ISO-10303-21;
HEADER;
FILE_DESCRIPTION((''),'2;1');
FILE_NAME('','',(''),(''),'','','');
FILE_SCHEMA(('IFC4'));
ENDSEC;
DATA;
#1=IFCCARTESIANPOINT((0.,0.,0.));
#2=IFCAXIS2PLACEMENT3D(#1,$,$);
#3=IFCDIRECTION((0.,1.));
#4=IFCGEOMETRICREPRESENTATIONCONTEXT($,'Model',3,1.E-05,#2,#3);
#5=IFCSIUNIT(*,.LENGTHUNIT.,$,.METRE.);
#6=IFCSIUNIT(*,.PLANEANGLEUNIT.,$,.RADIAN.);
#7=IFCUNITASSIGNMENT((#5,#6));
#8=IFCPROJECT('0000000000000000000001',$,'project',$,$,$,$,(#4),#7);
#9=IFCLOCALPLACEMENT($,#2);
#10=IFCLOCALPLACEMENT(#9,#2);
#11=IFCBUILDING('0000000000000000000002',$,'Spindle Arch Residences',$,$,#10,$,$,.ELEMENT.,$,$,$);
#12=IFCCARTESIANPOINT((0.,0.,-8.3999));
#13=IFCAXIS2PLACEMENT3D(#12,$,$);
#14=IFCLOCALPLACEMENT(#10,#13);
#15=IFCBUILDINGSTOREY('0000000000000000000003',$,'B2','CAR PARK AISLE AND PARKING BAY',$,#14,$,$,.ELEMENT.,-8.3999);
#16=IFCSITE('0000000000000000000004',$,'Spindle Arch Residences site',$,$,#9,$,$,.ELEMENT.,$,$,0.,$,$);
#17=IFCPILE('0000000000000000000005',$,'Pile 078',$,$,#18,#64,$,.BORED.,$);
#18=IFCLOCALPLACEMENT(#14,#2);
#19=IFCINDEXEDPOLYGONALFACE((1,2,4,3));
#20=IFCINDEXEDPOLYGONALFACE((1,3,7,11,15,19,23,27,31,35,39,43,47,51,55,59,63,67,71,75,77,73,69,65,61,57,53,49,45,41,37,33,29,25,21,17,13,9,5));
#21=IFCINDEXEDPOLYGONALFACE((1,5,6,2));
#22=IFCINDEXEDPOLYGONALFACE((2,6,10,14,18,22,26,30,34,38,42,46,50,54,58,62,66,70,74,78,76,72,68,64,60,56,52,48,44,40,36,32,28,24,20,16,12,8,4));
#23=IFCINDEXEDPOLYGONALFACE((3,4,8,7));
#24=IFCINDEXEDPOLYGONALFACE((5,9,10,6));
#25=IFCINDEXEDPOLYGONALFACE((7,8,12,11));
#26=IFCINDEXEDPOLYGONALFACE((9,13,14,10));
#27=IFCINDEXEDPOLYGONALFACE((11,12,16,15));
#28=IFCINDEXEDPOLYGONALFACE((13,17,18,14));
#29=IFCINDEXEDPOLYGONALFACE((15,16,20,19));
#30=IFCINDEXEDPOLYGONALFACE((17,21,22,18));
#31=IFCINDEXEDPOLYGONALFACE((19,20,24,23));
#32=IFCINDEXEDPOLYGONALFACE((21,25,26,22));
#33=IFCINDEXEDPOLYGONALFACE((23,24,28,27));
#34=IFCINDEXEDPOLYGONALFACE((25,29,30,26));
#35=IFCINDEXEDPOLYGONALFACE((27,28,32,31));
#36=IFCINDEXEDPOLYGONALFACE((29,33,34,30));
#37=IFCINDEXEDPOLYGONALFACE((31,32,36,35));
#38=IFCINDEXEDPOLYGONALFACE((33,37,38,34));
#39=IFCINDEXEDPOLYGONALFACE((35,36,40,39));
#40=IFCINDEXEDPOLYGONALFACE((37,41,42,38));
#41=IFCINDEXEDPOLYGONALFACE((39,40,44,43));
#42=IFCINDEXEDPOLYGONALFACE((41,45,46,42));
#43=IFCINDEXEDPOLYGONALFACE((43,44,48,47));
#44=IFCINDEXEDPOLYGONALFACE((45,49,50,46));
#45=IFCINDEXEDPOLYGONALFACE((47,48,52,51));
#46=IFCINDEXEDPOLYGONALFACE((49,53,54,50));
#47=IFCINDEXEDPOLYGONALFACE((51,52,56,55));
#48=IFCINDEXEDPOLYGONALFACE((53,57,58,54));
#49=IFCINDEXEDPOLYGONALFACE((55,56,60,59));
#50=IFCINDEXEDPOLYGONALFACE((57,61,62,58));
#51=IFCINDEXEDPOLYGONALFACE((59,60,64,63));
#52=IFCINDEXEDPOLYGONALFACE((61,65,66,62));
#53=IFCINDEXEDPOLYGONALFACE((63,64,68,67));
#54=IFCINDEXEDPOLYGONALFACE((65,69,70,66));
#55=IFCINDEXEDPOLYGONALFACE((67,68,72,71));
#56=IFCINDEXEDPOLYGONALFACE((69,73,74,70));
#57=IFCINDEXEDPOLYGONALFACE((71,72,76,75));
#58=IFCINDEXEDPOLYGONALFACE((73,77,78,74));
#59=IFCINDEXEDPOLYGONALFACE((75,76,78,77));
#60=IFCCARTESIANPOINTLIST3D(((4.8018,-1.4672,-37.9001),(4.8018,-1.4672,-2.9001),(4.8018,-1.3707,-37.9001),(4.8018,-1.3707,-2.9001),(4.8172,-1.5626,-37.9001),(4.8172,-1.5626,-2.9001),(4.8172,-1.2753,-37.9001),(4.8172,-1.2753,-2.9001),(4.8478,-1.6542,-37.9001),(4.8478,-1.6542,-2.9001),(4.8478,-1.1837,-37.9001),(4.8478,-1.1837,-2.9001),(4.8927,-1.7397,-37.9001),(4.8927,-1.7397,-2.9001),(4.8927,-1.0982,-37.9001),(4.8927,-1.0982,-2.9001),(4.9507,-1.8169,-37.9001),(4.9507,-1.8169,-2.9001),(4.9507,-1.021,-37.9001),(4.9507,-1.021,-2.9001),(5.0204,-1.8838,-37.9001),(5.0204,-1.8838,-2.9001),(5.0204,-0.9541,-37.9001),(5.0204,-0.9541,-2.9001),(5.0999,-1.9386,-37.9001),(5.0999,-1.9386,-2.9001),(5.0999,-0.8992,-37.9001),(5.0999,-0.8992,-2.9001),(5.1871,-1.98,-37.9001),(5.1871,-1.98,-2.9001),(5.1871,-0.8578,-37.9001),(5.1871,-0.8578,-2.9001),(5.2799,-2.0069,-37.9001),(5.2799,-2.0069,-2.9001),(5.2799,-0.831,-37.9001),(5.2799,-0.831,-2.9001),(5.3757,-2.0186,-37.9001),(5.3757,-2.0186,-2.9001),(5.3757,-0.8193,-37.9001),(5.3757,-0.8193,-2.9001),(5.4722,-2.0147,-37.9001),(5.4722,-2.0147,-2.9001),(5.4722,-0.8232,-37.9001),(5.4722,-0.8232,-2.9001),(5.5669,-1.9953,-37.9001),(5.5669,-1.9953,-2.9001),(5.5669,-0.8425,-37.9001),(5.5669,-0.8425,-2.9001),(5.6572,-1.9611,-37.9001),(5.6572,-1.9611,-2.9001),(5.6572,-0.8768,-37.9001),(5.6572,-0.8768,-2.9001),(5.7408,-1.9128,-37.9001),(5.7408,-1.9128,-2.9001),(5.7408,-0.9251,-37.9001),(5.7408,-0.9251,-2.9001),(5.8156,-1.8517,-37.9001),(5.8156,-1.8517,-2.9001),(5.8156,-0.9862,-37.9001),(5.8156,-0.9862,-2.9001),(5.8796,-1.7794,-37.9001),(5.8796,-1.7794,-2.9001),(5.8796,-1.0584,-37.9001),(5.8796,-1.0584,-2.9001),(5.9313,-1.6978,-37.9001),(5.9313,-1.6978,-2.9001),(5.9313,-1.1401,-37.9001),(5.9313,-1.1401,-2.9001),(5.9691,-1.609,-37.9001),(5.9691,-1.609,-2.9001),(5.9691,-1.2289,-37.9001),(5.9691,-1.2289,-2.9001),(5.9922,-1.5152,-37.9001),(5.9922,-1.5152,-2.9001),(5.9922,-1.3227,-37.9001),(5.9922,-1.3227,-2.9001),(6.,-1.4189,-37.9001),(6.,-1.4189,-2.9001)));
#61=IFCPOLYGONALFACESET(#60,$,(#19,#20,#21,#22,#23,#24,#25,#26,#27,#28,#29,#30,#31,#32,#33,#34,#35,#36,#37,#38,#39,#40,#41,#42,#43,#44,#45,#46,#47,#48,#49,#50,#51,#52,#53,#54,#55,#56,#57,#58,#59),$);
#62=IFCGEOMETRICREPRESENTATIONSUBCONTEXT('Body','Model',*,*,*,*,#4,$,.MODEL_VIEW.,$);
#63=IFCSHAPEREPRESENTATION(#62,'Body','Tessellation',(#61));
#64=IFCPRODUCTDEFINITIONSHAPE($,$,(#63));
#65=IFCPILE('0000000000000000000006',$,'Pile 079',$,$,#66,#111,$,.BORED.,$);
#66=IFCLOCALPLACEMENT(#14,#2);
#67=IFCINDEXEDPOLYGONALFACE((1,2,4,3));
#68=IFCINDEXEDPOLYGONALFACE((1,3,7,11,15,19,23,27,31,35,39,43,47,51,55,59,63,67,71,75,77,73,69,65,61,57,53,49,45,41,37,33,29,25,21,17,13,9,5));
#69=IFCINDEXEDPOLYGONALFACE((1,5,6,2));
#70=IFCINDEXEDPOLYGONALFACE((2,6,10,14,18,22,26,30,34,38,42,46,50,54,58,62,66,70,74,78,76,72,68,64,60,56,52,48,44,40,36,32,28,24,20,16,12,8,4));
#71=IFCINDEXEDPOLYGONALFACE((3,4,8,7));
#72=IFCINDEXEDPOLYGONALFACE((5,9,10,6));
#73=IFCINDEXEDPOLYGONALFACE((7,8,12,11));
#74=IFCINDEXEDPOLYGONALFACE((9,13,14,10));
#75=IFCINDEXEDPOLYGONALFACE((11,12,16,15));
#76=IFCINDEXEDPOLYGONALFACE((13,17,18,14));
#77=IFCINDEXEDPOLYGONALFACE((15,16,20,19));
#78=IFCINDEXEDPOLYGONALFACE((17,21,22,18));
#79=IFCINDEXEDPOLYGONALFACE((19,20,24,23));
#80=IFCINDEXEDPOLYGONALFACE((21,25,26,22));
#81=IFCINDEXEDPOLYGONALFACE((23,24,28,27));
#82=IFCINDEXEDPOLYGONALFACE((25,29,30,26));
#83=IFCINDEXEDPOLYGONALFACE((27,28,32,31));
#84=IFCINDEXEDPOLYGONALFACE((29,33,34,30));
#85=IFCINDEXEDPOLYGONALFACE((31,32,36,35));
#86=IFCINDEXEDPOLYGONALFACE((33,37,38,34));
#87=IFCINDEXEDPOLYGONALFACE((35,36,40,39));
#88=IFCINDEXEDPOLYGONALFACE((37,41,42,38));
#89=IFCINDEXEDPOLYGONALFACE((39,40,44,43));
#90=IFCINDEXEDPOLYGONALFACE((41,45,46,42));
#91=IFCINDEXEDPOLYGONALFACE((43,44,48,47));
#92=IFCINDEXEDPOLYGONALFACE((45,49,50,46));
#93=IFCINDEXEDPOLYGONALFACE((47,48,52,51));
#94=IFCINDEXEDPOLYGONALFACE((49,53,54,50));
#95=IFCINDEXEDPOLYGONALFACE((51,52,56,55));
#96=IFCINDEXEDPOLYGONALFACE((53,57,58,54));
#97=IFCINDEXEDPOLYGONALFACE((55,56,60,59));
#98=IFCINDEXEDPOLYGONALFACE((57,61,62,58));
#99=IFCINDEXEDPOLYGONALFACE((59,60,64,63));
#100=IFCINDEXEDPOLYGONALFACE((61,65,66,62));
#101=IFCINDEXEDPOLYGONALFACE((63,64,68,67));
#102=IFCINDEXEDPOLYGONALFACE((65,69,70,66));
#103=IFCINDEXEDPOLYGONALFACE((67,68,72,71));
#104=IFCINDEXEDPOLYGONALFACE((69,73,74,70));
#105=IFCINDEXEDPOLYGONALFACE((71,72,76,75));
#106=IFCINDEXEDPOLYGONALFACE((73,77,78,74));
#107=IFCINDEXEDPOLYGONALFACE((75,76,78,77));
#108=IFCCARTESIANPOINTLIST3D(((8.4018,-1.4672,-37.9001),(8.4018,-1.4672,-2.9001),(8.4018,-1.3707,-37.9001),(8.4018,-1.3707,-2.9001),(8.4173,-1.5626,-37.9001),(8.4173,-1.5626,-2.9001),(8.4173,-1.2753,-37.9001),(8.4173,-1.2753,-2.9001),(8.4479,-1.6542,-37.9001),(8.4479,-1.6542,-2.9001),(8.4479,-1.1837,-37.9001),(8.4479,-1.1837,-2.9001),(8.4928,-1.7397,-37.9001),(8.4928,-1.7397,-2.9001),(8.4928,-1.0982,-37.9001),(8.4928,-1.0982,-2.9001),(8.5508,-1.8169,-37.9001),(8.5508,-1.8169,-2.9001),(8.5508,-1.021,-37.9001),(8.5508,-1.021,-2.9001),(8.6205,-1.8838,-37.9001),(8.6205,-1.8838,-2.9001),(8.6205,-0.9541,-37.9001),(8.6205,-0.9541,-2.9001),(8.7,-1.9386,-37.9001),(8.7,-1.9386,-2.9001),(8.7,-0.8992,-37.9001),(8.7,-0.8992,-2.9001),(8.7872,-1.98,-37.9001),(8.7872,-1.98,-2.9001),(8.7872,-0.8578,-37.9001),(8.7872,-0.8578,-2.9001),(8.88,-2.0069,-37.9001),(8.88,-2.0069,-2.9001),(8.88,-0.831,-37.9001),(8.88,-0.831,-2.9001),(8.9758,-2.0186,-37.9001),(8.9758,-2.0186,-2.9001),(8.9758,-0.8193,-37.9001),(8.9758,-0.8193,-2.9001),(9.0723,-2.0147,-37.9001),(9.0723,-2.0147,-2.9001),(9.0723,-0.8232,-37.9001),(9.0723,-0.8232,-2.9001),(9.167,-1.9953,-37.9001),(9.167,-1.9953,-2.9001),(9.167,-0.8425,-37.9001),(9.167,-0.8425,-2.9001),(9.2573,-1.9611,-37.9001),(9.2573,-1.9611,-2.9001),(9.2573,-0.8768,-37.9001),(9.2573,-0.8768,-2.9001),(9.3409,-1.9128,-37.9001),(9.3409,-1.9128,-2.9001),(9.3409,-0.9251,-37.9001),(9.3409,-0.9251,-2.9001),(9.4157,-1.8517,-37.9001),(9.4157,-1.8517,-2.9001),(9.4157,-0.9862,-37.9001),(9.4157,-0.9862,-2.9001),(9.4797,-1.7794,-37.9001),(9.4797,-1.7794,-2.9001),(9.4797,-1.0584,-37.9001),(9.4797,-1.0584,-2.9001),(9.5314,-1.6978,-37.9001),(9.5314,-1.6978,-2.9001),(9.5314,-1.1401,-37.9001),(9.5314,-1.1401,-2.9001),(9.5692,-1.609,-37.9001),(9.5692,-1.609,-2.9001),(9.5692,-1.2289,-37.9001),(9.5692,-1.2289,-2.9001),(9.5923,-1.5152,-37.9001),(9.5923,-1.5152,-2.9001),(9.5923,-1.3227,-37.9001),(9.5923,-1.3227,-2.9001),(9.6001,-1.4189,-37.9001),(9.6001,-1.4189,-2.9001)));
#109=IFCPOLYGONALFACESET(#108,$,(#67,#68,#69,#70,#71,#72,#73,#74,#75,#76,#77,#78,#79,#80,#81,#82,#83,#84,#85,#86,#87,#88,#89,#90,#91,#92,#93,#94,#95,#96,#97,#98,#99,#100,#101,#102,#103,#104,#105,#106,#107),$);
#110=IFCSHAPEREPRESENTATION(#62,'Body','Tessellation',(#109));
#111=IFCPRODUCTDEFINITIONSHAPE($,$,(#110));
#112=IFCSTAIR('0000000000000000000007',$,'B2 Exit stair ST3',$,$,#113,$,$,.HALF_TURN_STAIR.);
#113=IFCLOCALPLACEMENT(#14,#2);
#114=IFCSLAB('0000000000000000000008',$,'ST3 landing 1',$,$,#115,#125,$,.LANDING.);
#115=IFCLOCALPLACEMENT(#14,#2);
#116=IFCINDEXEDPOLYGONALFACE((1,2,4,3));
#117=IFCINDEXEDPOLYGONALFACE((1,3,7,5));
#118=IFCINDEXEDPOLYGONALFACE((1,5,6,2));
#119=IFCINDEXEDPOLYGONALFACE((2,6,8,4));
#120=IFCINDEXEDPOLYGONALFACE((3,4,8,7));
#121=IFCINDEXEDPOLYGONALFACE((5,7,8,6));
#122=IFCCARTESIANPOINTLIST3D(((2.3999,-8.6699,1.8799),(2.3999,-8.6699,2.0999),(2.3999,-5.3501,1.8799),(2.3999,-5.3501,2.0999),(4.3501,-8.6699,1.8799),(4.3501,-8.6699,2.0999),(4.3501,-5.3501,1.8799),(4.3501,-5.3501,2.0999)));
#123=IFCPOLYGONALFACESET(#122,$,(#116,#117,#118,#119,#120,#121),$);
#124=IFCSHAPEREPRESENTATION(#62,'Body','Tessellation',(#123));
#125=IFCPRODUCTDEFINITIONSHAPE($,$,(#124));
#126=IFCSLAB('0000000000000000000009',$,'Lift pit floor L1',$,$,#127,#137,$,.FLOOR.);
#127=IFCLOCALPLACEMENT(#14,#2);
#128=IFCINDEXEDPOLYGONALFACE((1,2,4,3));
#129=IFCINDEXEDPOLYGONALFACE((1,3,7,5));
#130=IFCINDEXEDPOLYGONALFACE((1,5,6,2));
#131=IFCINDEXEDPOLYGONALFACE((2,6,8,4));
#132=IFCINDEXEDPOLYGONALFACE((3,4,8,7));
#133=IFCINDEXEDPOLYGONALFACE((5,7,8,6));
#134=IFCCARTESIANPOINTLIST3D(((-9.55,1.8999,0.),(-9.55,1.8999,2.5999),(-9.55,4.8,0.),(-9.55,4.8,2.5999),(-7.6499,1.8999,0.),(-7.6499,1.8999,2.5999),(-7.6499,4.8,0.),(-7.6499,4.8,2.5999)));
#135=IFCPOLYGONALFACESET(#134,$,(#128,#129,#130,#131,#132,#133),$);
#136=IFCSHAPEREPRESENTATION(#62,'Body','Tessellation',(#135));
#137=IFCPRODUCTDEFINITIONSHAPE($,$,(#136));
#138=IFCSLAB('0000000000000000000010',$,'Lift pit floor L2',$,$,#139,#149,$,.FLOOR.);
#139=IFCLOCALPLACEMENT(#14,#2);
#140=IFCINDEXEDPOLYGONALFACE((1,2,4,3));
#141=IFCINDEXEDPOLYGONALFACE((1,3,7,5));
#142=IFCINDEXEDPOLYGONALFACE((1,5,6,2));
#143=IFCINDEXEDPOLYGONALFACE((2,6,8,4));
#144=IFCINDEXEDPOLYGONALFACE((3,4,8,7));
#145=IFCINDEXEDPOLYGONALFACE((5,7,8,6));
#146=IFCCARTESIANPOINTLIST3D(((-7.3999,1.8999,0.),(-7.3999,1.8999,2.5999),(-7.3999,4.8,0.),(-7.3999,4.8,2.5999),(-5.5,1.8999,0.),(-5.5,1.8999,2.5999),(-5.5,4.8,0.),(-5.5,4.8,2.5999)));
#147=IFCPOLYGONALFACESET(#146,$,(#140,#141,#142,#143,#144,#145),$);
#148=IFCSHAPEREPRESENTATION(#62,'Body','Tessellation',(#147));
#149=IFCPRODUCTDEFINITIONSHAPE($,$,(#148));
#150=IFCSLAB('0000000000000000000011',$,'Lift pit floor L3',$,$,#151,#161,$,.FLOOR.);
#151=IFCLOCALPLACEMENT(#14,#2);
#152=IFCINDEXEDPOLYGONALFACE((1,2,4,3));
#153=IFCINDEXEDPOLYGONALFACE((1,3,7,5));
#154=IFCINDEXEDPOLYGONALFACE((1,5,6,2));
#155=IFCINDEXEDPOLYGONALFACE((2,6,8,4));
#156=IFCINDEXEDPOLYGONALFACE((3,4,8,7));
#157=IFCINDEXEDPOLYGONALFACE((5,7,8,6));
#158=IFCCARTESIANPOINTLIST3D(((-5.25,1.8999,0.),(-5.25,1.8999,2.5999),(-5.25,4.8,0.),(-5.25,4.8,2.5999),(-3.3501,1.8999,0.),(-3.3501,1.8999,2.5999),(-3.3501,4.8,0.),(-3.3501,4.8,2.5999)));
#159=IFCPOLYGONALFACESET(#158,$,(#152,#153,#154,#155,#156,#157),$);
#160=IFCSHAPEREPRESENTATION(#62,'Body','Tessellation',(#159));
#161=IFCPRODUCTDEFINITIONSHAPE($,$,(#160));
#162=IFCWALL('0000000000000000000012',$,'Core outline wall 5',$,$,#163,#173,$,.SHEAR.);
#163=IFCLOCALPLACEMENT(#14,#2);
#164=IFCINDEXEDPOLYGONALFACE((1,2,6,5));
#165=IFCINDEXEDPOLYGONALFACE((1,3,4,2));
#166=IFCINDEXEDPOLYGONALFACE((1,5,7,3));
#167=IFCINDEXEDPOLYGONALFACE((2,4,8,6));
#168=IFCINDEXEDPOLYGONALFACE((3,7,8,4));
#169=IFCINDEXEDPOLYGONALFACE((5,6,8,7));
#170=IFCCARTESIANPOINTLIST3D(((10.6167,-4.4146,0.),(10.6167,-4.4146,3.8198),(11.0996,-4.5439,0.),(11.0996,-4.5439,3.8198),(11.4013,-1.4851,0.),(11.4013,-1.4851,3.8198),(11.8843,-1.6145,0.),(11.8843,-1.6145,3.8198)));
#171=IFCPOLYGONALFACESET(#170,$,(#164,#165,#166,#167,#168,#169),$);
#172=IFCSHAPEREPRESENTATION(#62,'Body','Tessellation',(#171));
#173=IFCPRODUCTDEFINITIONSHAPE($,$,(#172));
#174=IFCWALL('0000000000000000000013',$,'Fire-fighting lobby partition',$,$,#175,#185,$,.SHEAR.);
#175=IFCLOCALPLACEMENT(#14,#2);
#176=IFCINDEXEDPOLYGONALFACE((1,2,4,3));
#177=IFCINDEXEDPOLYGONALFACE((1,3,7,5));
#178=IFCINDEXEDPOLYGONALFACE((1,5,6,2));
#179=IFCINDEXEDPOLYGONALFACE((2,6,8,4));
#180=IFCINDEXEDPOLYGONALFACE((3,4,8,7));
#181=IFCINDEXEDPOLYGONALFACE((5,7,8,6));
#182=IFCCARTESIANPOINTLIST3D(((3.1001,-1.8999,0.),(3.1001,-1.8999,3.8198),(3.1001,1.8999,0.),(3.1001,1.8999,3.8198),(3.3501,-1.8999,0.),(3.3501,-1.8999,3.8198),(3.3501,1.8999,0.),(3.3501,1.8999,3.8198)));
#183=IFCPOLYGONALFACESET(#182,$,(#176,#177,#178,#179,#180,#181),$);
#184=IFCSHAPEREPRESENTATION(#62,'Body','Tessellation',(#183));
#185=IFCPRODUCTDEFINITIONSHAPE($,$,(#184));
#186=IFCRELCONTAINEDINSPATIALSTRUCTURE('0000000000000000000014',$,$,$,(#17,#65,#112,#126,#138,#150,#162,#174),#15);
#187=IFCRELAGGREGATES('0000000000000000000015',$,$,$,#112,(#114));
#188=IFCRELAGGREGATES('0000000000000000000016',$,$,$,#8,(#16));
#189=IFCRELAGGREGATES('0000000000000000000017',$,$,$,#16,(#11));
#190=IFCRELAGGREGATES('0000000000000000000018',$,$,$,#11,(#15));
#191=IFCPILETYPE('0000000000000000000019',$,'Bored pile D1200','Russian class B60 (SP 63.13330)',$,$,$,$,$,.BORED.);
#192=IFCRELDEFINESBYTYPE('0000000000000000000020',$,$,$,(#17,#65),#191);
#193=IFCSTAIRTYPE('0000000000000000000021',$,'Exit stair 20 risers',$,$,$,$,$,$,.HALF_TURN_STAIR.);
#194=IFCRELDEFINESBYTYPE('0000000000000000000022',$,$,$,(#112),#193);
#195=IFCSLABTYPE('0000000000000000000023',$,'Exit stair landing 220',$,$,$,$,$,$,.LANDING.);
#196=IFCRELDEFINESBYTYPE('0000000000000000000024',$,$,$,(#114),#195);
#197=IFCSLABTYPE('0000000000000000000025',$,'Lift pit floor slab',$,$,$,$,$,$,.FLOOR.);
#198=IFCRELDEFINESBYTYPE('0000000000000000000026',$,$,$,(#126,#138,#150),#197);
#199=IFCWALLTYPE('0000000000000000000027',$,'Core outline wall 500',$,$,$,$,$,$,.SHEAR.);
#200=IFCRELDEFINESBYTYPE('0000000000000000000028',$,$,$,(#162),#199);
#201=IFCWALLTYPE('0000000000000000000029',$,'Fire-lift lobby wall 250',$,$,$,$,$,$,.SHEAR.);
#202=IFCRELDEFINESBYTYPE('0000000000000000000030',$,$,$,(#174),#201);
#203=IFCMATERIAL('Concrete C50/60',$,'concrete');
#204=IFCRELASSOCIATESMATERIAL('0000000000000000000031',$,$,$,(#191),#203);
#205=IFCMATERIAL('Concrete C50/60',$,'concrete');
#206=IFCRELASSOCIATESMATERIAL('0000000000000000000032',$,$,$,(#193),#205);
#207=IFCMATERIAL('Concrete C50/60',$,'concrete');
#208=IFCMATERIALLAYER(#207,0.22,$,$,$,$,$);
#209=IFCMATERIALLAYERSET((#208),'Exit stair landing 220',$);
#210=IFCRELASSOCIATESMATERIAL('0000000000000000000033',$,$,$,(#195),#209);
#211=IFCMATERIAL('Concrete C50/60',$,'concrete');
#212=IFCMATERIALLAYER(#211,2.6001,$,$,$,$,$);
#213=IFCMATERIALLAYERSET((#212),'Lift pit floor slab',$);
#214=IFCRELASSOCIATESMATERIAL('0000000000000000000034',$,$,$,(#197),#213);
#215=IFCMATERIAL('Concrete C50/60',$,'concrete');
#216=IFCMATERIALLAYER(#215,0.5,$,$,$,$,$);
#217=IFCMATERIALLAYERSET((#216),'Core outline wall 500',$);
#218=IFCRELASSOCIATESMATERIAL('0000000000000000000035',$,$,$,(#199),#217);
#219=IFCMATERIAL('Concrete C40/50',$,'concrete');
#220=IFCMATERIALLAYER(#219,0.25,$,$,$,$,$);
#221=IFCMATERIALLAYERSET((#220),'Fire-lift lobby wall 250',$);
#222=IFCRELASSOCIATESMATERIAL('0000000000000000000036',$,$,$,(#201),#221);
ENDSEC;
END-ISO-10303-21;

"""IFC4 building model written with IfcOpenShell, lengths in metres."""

from ifc_helpers import new_model, si_unit, direction, frame, frame_2d, origin, origin_2d, place, context, subcontext, project, spatial, polyline, rectangle, circle, outline, extrude, material, layer, layer_set, material_profile, profile_set, type_object, element, aggregate, save


model = new_model("IFC4")

# Units and contexts
model_context = context("Model", 3, precision=1e-05, world=origin(), true_north=direction((0.0, 1.0)))
body_context = subcontext(model_context, "Body", "Model", "MODEL_VIEW")
ifc_project = project(units=[si_unit("LENGTHUNIT", "METRE"), si_unit("PLANEANGLEUNIT", "RADIAN")], contexts=[model_context])

# Site, building, storey
site_placement = place(None, origin())
site = spatial("IfcSite", under=ifc_project, at=site_placement, Name="Spindle Arch Residences site", CompositionType="ELEMENT", RefElevation=0.0)
building_placement = place(site_placement, origin())
building = spatial("IfcBuilding", under=site, at=building_placement, Name="Spindle Arch Residences", CompositionType="ELEMENT")
storey_placement = place(building_placement, frame((0.0, 0.0, -8.3999)))
storey = spatial("IfcBuildingStorey", under=building, at=storey_placement, Name="B2", Description="CAR PARK AISLE AND PARKING BAY", CompositionType="ELEMENT", Elevation=-8.3999)

# Piles
ifc_material_1 = material(Name="Concrete C50/60", Category="concrete")
ifc_material_profile = material_profile(ifc_material_1, circle(Radius=0.6001, at=origin_2d()), Name="BP D1200")
ifc_profile_set = profile_set([ifc_material_profile], Name="Concrete C50/60")
pile_type = type_object("IfcPileType", Name="Bored pile D1200", Description="Russian class B60 (SP 63.13330)", PredefinedType="BORED", material=ifc_profile_set)
for number, where, z_axis, x_axis, name in (
    (1, (5.3999, -1.4189, -2.9001), (0.0, 0.0, -1.0), (1.0, 0.0, 0.0), "Pile 078"),
    (2, (9.0, -1.4189, -2.9001), (0.0, 0.0, -1.0), (1.0, 0.0, 0.0), "Pile 079"),
):
    element("IfcPile", number, at=place(storey_placement, frame(where, z_axis=z_axis, x_axis=x_axis)), inside=storey, type_object=pile_type, Name=name, PredefinedType="BORED", context=body_context, shape_type="SweptSolid", body=[
        extrude(circle(Radius=0.6001, at=origin_2d()), origin(), (0.0, 0.0, 1.0), 35.0),
    ])

# Stair, slab
ifc_material_2 = material(Name="Concrete C50/60", Category="concrete")
stair_type = type_object("IfcStairType", Name="Exit stair 20 risers", PredefinedType="HALF_TURN_STAIR", material=ifc_material_2)
stair_placement = place(storey_placement, origin())
stair = element("IfcStair", 3, at=stair_placement, inside=storey, type_object=stair_type, Name="B2 Exit stair ST3", PredefinedType="HALF_TURN_STAIR")
ifc_material_3 = material(Name="Concrete C50/60", Category="concrete")
ifc_layer_1 = layer(ifc_material_3, 0.22)
ifc_layer_set_1 = layer_set([ifc_layer_1], Name="Exit stair landing 220")
slab_type_1 = type_object("IfcSlabType", Name="Exit stair landing 220", PredefinedType="LANDING", material=ifc_layer_set_1)
slab_1_placement = place(storey_placement, frame((0.0, 0.0, 1.8799)))
slab_1 = element("IfcSlab", 4, at=slab_1_placement, type_object=slab_type_1, Name="ST3 landing 1", PredefinedType="LANDING", context=body_context, shape_type="SweptSolid", body=[
    extrude(outline(polyline([(2.3999, -8.6699), (4.3501, -8.6699), (4.3501, -5.3501), (2.3999, -5.3501), (2.3999, -8.6699)])), origin(), (0.0, 0.0, 1.0), 0.22),
])

# Slabs
ifc_material_4 = material(Name="Concrete C50/60", Category="concrete")
ifc_layer_2 = layer(ifc_material_4, 2.6001)
ifc_layer_set_2 = layer_set([ifc_layer_2], Name="Lift pit floor slab")
slab_type_2 = type_object("IfcSlabType", Name="Lift pit floor slab", PredefinedType="FLOOR", material=ifc_layer_set_2)
slab_2_placement = place(storey_placement, origin())
element("IfcSlab", 5, at=slab_2_placement, inside=storey, type_object=slab_type_2, Name="Lift pit floor L1", PredefinedType="FLOOR", context=body_context, shape_type="SweptSolid", body=[
    extrude(outline(polyline([(-9.55, 1.8999), (-7.6499, 1.8999), (-7.6499, 4.8), (-9.55, 4.8), (-9.55, 1.8999)])), origin(), (0.0, 0.0, 1.0), 2.5999),
])
slab_3_placement = place(storey_placement, origin())
element("IfcSlab", 6, at=slab_3_placement, inside=storey, type_object=slab_type_2, Name="Lift pit floor L2", PredefinedType="FLOOR", context=body_context, shape_type="SweptSolid", body=[
    extrude(outline(polyline([(-7.3999, 1.8999), (-5.5, 1.8999), (-5.5, 4.8), (-7.3999, 4.8), (-7.3999, 1.8999)])), origin(), (0.0, 0.0, 1.0), 2.5999),
])
slab_4_placement = place(storey_placement, origin())
element("IfcSlab", 7, at=slab_4_placement, inside=storey, type_object=slab_type_2, Name="Lift pit floor L3", PredefinedType="FLOOR", context=body_context, shape_type="SweptSolid", body=[
    extrude(outline(polyline([(-5.25, 1.8999), (-3.3501, 1.8999), (-3.3501, 4.8), (-5.25, 4.8), (-5.25, 1.8999)])), origin(), (0.0, 0.0, 1.0), 2.5999),
])

# Walls
ifc_material_5 = material(Name="Concrete C50/60", Category="concrete")
ifc_layer_3 = layer(ifc_material_5, 0.5)
ifc_layer_set_3 = layer_set([ifc_layer_3], Name="Core outline wall 500")
wall_type_1 = type_object("IfcWallType", Name="Core outline wall 500", PredefinedType="SHEAR", material=ifc_layer_set_3)
wall_1_placement = place(storey_placement, frame((10.8582, -4.4792, 0.0), z_axis=(0.0, 0.0, 1.0), x_axis=(0.258735, 0.965948, 0.0)))
element("IfcWall", 8, at=wall_1_placement, inside=storey, type_object=wall_type_1, Name="Core outline wall 5", PredefinedType="SHEAR", context=body_context, shape_type="SweptSolid", body=[
    extrude(rectangle(XDim=3.0327, YDim=0.5, at=frame_2d((1.5164, 0.0))), origin(), (0.0, 0.0, 1.0), 3.8198),
])
ifc_material_6 = material(Name="Concrete C40/50", Category="concrete")
ifc_layer_4 = layer(ifc_material_6, 0.25)
ifc_layer_set_4 = layer_set([ifc_layer_4], Name="Fire-lift lobby wall 250")
wall_type_2 = type_object("IfcWallType", Name="Fire-lift lobby wall 250", PredefinedType="SHEAR", material=ifc_layer_set_4)
wall_2_placement = place(storey_placement, frame((3.2251, -1.8999, 0.0), z_axis=(0.0, 0.0, 1.0), x_axis=(0.0, 1.0, 0.0)))
element("IfcWall", 9, at=wall_2_placement, inside=storey, type_object=wall_type_2, Name="Fire-fighting lobby partition", PredefinedType="SHEAR", context=body_context, shape_type="SweptSolid", body=[
    extrude(rectangle(XDim=3.7998, YDim=0.25, at=frame_2d((1.8999, 0.0))), origin(), (0.0, 0.0, 1.0), 3.8198),
])

aggregate(stair, [slab_1])

save(model, "model.ifc")
